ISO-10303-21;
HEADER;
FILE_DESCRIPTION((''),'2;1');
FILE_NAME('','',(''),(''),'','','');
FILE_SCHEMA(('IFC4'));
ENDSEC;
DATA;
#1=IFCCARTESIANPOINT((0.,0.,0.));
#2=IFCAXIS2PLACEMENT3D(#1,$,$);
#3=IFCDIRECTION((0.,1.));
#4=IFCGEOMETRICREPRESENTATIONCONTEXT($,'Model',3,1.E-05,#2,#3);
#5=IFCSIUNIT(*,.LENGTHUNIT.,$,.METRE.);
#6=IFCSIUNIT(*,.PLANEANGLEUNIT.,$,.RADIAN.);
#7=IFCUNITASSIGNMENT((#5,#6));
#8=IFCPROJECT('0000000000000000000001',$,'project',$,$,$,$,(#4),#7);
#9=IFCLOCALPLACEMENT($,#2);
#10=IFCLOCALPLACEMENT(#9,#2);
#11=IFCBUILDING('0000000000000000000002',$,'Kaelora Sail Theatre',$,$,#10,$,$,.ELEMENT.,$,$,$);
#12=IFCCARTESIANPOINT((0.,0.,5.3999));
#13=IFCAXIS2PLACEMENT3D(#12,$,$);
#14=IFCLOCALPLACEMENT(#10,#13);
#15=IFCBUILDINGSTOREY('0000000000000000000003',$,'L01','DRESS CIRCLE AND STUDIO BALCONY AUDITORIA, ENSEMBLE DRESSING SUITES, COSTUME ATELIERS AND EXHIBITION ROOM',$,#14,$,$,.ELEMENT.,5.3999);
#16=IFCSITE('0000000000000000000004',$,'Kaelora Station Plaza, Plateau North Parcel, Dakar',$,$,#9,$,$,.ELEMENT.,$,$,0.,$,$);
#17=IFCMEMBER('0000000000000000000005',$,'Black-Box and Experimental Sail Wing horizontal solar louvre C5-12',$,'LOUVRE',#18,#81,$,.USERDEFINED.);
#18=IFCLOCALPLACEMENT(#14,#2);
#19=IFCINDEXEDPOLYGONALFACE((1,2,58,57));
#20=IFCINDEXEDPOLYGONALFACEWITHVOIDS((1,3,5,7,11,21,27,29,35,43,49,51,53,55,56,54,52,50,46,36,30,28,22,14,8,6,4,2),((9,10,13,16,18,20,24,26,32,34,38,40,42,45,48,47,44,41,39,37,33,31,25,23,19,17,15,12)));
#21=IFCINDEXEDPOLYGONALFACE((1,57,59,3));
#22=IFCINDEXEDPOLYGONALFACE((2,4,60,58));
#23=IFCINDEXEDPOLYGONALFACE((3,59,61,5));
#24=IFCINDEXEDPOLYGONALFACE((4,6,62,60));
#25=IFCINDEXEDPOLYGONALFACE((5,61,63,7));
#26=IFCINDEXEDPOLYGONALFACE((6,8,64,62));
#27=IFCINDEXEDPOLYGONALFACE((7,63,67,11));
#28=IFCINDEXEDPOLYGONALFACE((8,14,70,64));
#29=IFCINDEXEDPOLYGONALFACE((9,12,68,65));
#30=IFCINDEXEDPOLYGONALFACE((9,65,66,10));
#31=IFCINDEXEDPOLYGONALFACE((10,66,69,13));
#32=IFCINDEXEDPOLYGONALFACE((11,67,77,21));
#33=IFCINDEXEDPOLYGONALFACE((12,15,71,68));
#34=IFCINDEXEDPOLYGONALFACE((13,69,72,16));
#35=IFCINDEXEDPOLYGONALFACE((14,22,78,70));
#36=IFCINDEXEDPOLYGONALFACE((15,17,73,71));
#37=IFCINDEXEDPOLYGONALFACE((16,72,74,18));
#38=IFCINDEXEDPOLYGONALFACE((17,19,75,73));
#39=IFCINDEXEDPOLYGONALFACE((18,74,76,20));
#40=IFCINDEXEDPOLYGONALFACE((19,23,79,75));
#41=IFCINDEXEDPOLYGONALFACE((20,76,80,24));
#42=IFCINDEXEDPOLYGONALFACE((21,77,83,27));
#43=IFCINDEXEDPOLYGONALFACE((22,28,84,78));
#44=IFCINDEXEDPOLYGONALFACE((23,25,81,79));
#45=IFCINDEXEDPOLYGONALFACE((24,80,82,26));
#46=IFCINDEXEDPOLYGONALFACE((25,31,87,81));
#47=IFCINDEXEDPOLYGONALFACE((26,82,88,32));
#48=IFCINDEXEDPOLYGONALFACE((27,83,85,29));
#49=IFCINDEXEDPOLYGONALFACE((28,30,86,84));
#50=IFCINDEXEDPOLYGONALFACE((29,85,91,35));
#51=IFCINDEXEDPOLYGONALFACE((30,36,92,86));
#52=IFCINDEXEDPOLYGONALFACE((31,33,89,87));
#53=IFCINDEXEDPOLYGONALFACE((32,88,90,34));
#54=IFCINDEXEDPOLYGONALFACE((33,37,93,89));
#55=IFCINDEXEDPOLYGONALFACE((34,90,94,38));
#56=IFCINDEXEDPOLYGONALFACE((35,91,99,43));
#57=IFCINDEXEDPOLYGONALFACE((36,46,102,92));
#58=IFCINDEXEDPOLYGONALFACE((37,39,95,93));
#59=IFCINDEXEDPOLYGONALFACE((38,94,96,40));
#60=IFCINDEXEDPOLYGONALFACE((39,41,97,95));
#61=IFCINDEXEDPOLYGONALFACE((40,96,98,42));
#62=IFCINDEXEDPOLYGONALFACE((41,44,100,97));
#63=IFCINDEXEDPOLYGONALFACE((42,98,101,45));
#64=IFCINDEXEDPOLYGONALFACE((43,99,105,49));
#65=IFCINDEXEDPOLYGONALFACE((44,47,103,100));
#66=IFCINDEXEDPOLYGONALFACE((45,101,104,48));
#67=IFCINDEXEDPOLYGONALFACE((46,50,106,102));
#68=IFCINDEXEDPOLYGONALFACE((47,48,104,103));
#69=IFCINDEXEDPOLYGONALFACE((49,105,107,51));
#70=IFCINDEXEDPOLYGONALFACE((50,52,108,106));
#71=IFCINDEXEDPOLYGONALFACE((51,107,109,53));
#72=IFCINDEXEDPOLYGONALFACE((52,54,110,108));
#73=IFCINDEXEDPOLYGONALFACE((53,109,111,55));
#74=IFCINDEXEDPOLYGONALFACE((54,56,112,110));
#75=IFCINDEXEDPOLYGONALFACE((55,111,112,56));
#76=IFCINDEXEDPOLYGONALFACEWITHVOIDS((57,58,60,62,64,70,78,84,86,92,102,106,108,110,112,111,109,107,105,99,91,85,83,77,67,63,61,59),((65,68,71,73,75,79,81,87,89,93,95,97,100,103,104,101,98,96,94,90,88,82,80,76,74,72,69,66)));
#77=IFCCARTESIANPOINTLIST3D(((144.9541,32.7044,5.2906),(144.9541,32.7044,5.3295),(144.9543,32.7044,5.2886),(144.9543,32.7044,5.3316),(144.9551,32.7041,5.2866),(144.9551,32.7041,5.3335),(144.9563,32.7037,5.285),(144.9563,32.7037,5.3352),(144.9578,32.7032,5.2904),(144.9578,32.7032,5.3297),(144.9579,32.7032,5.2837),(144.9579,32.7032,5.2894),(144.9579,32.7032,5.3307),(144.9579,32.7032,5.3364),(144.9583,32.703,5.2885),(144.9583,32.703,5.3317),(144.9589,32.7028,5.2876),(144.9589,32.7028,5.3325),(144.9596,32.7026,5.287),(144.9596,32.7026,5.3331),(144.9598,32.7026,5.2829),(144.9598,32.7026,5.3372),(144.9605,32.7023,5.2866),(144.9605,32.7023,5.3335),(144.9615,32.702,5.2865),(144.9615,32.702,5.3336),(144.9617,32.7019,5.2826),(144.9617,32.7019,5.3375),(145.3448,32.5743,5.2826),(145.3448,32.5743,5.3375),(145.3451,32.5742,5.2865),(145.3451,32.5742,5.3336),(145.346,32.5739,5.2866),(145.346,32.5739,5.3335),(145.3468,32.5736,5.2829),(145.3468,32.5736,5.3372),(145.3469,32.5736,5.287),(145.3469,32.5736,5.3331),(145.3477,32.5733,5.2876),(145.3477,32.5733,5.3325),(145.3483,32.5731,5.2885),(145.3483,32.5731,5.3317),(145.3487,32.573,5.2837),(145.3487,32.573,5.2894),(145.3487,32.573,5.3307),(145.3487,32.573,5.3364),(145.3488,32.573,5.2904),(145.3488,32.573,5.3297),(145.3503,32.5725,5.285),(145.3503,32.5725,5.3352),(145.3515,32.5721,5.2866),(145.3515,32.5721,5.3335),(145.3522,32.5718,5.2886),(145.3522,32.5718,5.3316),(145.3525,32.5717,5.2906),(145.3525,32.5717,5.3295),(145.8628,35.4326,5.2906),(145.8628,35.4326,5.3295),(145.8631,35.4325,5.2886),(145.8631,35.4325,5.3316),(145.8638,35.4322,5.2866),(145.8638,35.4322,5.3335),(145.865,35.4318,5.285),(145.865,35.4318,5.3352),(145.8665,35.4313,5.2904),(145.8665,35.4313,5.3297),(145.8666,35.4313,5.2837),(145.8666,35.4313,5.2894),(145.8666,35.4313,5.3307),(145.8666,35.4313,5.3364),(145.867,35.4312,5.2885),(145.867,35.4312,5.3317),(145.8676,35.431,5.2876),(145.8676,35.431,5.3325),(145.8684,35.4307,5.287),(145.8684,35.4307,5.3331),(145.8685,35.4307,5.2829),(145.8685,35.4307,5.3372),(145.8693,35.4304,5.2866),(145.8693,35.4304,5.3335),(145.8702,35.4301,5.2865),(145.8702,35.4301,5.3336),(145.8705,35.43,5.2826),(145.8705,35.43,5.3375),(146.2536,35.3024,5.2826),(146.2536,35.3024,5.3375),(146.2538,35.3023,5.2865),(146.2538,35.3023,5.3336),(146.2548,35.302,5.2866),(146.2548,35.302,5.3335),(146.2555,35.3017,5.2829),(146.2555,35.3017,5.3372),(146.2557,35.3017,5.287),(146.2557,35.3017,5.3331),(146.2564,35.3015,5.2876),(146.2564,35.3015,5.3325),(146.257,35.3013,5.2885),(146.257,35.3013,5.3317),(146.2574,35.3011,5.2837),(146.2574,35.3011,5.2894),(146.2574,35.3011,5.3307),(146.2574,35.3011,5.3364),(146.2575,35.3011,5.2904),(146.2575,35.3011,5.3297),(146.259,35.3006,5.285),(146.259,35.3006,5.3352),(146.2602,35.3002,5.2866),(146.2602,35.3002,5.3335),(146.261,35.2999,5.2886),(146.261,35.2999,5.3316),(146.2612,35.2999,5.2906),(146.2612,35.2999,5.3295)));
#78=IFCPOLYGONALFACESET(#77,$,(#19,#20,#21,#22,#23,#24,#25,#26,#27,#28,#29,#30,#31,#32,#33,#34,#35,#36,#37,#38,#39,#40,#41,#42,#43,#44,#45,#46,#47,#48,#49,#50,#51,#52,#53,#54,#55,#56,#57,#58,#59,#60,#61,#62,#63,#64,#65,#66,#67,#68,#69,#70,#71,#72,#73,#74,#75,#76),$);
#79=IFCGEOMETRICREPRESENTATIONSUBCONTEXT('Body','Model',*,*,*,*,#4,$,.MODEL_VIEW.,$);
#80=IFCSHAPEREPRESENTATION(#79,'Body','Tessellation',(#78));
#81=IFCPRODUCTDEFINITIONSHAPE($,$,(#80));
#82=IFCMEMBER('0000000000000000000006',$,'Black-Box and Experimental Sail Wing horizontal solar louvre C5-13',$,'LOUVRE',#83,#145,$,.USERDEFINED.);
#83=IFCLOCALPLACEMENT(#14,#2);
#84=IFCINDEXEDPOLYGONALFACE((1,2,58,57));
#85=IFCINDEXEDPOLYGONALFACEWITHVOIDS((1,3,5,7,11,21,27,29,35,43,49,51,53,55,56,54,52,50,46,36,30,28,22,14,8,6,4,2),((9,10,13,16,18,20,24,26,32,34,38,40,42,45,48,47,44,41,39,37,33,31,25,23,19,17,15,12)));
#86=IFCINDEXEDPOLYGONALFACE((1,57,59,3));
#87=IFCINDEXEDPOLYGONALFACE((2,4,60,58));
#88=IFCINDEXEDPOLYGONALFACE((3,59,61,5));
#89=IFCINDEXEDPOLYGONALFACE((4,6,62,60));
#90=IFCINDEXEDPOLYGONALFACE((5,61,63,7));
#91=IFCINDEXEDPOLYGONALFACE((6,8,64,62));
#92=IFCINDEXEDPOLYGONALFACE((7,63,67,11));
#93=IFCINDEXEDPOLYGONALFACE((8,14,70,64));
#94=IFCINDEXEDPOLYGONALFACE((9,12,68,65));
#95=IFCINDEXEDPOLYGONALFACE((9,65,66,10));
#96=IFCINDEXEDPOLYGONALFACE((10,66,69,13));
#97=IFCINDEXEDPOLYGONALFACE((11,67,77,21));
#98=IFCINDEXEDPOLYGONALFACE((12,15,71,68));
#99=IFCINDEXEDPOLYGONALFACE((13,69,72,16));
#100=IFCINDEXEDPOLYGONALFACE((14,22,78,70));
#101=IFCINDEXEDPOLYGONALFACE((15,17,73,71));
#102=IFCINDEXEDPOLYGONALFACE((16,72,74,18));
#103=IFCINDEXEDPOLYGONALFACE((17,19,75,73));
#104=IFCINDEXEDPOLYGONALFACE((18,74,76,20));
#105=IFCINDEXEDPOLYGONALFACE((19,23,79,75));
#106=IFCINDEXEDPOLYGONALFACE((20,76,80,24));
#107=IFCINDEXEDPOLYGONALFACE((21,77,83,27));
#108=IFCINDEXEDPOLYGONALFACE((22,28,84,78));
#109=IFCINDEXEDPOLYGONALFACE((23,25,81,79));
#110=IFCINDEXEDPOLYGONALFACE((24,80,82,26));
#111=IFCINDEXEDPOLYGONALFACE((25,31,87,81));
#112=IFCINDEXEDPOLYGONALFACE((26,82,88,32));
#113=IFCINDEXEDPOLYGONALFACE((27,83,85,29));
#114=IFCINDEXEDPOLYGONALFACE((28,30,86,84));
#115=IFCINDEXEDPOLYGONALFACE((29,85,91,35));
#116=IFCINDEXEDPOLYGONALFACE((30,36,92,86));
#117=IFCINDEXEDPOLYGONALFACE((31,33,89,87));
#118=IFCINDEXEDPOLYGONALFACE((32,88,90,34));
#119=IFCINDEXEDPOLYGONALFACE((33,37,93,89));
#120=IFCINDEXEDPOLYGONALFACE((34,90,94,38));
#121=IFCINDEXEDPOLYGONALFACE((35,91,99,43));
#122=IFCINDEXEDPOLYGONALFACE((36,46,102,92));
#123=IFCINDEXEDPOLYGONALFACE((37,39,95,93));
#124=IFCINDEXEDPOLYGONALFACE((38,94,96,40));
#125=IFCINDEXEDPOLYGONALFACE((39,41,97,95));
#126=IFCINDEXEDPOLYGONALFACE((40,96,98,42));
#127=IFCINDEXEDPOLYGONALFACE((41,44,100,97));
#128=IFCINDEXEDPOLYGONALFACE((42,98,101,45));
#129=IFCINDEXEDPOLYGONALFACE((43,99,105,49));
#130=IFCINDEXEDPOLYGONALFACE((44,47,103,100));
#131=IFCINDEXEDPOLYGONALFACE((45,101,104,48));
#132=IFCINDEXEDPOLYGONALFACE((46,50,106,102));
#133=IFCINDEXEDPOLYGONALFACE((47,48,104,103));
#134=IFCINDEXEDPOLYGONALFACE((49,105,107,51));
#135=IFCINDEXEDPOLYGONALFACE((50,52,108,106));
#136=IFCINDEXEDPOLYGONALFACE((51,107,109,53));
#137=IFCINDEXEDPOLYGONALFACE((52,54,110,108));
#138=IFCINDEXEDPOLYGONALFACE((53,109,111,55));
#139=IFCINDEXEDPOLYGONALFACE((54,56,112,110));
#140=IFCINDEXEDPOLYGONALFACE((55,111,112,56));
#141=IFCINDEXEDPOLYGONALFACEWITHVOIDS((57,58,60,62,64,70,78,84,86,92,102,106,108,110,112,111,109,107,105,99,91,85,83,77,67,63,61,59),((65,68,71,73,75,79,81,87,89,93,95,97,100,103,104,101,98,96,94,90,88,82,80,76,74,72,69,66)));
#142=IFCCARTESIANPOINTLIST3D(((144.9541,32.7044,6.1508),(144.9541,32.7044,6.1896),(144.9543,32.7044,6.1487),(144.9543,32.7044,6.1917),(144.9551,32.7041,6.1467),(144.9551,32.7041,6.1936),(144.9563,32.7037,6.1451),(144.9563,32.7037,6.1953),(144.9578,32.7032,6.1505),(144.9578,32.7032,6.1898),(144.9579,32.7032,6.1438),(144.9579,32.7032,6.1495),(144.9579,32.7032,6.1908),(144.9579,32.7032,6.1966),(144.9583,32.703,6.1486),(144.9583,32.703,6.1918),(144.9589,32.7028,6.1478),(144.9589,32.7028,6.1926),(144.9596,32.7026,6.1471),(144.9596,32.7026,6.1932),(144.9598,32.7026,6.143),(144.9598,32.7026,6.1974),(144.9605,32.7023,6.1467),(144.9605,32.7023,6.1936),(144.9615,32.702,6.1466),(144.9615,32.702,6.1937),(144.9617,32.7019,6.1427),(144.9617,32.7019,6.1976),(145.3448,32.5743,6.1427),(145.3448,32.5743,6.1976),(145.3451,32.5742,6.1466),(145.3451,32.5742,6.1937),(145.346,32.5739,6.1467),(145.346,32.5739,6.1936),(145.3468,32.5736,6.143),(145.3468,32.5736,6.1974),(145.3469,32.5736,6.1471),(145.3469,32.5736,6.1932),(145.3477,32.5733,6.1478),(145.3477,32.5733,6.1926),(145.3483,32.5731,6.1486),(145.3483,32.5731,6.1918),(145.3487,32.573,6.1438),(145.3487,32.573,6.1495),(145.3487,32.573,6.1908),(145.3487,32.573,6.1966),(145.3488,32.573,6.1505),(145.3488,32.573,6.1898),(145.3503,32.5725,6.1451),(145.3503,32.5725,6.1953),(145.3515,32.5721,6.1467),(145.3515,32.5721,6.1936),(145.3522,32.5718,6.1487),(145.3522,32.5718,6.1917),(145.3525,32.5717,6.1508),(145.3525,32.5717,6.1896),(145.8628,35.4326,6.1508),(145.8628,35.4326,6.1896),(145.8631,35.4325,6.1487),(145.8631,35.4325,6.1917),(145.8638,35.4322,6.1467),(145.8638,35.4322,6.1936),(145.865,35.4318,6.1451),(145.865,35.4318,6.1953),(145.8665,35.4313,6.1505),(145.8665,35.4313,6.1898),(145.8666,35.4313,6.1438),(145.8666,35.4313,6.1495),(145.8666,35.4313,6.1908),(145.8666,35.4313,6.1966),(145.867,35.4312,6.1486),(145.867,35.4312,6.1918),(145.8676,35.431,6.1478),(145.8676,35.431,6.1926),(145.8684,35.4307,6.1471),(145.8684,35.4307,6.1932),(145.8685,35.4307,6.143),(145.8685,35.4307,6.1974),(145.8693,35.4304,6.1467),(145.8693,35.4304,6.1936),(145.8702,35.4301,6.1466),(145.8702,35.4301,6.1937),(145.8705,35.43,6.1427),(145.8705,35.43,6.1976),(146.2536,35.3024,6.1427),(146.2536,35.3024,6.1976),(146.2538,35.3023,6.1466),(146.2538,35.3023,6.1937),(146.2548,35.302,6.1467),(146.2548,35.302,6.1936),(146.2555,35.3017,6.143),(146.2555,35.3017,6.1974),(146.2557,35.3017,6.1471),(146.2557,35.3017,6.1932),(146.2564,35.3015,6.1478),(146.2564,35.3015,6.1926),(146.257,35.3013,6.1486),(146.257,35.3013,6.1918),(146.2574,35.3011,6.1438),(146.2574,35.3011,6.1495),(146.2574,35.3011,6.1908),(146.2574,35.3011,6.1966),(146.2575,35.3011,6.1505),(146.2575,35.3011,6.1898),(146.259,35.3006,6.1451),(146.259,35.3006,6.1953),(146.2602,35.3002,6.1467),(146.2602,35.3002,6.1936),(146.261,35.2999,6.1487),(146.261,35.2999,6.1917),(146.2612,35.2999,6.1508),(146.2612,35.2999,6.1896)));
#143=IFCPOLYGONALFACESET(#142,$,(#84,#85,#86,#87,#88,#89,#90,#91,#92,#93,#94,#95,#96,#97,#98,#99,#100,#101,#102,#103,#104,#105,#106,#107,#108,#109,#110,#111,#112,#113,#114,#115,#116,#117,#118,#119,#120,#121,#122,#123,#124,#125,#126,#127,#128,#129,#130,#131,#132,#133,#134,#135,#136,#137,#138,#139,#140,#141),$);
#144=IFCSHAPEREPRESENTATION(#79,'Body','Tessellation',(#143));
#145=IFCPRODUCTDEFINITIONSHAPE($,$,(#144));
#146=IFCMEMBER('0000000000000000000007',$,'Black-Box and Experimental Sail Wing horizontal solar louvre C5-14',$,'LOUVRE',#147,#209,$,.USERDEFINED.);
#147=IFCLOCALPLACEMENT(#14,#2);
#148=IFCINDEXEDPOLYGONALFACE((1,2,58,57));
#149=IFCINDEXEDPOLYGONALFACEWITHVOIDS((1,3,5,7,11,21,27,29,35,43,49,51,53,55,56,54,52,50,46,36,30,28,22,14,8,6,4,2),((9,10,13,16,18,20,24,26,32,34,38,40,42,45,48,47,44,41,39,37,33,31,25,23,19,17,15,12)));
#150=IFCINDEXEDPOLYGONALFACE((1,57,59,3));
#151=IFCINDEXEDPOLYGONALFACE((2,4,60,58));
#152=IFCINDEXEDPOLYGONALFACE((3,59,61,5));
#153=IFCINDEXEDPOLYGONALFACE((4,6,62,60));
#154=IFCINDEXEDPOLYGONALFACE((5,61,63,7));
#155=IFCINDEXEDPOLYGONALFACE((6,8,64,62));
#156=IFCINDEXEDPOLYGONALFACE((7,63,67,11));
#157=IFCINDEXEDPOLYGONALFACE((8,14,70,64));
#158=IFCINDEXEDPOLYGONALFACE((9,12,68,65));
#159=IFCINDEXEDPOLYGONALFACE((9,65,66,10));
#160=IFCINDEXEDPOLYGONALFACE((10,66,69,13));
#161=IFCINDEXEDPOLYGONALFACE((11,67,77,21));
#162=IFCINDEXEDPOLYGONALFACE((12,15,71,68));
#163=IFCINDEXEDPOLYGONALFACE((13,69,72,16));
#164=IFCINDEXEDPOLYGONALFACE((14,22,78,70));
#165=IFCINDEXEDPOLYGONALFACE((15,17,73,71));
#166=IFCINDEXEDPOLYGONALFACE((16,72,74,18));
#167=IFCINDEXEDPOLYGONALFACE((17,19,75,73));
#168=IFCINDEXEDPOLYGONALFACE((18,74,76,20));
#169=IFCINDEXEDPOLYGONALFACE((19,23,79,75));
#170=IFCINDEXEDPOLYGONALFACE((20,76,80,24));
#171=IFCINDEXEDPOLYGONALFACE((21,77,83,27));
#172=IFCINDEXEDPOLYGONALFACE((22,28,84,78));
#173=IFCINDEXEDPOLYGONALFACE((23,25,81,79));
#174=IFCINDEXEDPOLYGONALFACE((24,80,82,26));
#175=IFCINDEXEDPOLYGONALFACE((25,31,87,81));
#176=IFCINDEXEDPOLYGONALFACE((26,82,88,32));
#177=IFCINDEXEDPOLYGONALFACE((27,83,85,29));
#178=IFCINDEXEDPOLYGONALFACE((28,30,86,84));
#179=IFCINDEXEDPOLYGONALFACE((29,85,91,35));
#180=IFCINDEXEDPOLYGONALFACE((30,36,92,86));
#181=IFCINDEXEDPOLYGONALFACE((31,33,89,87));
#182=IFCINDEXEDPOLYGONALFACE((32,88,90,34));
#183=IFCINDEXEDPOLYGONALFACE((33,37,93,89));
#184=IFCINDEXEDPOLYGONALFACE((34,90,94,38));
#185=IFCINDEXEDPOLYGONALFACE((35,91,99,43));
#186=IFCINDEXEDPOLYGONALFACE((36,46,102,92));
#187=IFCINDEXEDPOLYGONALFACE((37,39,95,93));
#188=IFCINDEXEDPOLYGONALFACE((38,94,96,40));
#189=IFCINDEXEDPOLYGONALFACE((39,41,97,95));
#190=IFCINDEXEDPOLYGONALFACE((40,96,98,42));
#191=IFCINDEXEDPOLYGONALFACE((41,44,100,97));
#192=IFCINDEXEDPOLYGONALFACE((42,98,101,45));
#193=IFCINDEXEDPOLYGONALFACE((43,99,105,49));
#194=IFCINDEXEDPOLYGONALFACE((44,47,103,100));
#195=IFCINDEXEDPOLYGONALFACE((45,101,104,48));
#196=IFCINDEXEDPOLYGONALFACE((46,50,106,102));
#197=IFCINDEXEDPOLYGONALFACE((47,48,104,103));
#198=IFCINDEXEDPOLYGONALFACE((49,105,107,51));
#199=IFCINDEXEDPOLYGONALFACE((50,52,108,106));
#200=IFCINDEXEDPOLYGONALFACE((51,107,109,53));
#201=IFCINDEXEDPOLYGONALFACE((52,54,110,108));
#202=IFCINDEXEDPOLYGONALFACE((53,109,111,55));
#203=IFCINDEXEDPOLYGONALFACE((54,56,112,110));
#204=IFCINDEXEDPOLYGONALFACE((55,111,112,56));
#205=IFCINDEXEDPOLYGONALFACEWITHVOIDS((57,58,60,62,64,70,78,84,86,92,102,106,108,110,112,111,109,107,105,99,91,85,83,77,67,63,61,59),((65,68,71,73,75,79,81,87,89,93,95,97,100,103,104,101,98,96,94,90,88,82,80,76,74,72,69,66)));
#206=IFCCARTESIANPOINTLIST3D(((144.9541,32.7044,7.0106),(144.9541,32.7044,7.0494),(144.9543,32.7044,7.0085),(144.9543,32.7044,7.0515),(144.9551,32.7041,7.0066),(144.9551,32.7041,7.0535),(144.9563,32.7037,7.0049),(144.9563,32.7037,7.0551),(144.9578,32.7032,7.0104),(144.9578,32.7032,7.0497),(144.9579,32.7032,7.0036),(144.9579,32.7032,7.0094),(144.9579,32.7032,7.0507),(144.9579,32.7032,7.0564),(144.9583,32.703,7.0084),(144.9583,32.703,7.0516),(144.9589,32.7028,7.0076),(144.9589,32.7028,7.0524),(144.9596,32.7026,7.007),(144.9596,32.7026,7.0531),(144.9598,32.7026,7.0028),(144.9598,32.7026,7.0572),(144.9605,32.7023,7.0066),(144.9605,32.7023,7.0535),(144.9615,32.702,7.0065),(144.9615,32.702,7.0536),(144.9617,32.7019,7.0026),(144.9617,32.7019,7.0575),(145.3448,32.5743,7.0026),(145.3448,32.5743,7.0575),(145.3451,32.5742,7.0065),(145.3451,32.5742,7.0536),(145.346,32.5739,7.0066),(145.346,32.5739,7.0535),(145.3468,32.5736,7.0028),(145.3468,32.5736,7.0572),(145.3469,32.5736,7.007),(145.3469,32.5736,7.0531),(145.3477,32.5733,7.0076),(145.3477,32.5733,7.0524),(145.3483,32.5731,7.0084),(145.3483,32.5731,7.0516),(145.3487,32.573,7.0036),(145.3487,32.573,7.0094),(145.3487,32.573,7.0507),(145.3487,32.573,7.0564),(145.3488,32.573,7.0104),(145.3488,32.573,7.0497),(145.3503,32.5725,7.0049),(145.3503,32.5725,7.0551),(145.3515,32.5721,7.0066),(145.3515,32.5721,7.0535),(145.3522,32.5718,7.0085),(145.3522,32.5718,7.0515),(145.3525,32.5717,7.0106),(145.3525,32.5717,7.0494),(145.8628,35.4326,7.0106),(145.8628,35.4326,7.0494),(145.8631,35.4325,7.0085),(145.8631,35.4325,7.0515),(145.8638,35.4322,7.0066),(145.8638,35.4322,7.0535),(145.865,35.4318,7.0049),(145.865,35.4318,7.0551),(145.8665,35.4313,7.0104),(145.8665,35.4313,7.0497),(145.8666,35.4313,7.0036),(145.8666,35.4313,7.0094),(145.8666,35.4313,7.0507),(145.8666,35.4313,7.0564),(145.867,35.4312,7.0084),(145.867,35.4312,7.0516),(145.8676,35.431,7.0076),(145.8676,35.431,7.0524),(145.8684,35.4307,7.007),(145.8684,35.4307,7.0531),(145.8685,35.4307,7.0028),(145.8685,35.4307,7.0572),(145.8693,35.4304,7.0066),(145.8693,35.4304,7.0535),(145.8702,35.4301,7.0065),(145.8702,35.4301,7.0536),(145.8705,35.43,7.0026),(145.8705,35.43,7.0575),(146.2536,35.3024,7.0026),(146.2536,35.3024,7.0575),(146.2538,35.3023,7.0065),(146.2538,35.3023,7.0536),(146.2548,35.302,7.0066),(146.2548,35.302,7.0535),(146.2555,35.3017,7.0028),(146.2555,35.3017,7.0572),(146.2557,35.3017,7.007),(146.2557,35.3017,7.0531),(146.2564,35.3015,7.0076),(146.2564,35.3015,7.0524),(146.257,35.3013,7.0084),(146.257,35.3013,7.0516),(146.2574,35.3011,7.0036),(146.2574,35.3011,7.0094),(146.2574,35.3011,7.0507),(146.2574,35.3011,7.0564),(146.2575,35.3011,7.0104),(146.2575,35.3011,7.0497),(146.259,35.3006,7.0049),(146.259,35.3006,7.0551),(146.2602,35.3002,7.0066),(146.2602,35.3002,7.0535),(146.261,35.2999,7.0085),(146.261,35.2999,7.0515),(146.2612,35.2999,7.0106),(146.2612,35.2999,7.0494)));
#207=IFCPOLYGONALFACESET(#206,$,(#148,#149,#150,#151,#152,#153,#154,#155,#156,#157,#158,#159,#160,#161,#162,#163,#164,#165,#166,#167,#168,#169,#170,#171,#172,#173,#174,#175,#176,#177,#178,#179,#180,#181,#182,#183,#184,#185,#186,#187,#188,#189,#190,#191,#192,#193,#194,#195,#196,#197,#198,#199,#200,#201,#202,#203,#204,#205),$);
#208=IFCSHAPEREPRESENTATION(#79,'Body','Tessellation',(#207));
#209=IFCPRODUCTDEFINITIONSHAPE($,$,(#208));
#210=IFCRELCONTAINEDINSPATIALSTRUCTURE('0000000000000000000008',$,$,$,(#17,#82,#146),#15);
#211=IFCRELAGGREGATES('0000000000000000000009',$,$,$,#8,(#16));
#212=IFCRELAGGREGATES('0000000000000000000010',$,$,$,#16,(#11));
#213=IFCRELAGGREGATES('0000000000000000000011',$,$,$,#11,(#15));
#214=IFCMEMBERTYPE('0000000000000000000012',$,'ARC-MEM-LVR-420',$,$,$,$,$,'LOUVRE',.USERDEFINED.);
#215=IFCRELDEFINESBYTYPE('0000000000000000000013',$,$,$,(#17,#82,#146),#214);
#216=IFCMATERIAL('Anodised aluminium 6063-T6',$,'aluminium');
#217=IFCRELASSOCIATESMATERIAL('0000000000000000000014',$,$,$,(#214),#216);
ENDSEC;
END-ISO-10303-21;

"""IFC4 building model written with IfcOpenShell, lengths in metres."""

from ifc_helpers import new_model, si_unit, direction, frame, origin, origin_2d, place, context, subcontext, project, spatial, hollow_rectangle, extrude, material, material_profile, profile_set, type_object, element, save


model = new_model("IFC4")

# Units and contexts
model_context = context("Model", 3, precision=1e-05, world=origin(), true_north=direction((0.0, 1.0)))
body_context = subcontext(model_context, "Body", "Model", "MODEL_VIEW")
ifc_project = project(units=[si_unit("LENGTHUNIT", "METRE"), si_unit("PLANEANGLEUNIT", "RADIAN")], contexts=[model_context])

# Site, building, storey
site_placement = place(None, origin())
site = spatial("IfcSite", under=ifc_project, at=site_placement, Name="Kaelora Station Plaza, Plateau North Parcel, Dakar", CompositionType="ELEMENT", RefElevation=0.0)
building_placement = place(site_placement, origin())
building = spatial("IfcBuilding", under=site, at=building_placement, Name="Kaelora Sail Theatre", CompositionType="ELEMENT")
storey_placement = place(building_placement, frame((0.0, 0.0, 5.3999)))
storey = spatial("IfcBuildingStorey", under=building, at=storey_placement, Name="L01", Description="DRESS CIRCLE AND STUDIO BALCONY AUDITORIA, ENSEMBLE DRESSING SUITES, COSTUME ATELIERS AND EXHIBITION ROOM", CompositionType="ELEMENT", Elevation=5.3999)

# Members
ifc_material_1 = material(Name="Anodised aluminium 6063-T6", Category="aluminium")
ifc_material_profile_1 = material_profile(ifc_material_1, hollow_rectangle(XDim=0.4199, YDim=0.0549, WallThickness=0.0039, InnerFilletRadius=0.0039, OuterFilletRadius=0.0081, at=origin_2d()), Name="LOUVRE 420x55x4")
ifc_profile_set_1 = profile_set([ifc_material_profile_1], Name="Anodised aluminium 6063-T6")
member_type = type_object("IfcMemberType", Name="ARC-MEM-LVR-420", ElementType="LOUVRE", PredefinedType="USERDEFINED", material=ifc_profile_set_1)
for number, where, z_axis, x_axis, name in (
    (1, (146.062, 35.3662, 5.3101), (-0.316024, -0.948751, 0.0), (0.948751, -0.316024, 0.0), "Black-Box and Experimental Sail Wing horizontal solar louvre C5-12"),
    (2, (146.062, 35.3662, 6.1702), (-0.316024, -0.948751, 0.0), (0.948751, -0.316024, 0.0), "Black-Box and Experimental Sail Wing horizontal solar louvre C5-13"),
    (3, (146.062, 35.3662, 7.03), (-0.316024, -0.948751, 0.0), (0.948751, -0.316024, 0.0), "Black-Box and Experimental Sail Wing horizontal solar louvre C5-14"),
):
    element("IfcMember", number, at=place(storey_placement, frame(where, z_axis=z_axis, x_axis=x_axis)), inside=storey, type_object=member_type, Name=name, ObjectType="LOUVRE", PredefinedType="USERDEFINED", context=body_context, shape_type="SweptSolid", body=[
        extrude(hollow_rectangle(XDim=0.4199, YDim=0.0549, WallThickness=0.0039, InnerFilletRadius=0.0039, OuterFilletRadius=0.0081, at=origin_2d()), origin(), (0.0, 0.0, 1.0), 2.8755),
    ])

save(model, "model.ifc")
